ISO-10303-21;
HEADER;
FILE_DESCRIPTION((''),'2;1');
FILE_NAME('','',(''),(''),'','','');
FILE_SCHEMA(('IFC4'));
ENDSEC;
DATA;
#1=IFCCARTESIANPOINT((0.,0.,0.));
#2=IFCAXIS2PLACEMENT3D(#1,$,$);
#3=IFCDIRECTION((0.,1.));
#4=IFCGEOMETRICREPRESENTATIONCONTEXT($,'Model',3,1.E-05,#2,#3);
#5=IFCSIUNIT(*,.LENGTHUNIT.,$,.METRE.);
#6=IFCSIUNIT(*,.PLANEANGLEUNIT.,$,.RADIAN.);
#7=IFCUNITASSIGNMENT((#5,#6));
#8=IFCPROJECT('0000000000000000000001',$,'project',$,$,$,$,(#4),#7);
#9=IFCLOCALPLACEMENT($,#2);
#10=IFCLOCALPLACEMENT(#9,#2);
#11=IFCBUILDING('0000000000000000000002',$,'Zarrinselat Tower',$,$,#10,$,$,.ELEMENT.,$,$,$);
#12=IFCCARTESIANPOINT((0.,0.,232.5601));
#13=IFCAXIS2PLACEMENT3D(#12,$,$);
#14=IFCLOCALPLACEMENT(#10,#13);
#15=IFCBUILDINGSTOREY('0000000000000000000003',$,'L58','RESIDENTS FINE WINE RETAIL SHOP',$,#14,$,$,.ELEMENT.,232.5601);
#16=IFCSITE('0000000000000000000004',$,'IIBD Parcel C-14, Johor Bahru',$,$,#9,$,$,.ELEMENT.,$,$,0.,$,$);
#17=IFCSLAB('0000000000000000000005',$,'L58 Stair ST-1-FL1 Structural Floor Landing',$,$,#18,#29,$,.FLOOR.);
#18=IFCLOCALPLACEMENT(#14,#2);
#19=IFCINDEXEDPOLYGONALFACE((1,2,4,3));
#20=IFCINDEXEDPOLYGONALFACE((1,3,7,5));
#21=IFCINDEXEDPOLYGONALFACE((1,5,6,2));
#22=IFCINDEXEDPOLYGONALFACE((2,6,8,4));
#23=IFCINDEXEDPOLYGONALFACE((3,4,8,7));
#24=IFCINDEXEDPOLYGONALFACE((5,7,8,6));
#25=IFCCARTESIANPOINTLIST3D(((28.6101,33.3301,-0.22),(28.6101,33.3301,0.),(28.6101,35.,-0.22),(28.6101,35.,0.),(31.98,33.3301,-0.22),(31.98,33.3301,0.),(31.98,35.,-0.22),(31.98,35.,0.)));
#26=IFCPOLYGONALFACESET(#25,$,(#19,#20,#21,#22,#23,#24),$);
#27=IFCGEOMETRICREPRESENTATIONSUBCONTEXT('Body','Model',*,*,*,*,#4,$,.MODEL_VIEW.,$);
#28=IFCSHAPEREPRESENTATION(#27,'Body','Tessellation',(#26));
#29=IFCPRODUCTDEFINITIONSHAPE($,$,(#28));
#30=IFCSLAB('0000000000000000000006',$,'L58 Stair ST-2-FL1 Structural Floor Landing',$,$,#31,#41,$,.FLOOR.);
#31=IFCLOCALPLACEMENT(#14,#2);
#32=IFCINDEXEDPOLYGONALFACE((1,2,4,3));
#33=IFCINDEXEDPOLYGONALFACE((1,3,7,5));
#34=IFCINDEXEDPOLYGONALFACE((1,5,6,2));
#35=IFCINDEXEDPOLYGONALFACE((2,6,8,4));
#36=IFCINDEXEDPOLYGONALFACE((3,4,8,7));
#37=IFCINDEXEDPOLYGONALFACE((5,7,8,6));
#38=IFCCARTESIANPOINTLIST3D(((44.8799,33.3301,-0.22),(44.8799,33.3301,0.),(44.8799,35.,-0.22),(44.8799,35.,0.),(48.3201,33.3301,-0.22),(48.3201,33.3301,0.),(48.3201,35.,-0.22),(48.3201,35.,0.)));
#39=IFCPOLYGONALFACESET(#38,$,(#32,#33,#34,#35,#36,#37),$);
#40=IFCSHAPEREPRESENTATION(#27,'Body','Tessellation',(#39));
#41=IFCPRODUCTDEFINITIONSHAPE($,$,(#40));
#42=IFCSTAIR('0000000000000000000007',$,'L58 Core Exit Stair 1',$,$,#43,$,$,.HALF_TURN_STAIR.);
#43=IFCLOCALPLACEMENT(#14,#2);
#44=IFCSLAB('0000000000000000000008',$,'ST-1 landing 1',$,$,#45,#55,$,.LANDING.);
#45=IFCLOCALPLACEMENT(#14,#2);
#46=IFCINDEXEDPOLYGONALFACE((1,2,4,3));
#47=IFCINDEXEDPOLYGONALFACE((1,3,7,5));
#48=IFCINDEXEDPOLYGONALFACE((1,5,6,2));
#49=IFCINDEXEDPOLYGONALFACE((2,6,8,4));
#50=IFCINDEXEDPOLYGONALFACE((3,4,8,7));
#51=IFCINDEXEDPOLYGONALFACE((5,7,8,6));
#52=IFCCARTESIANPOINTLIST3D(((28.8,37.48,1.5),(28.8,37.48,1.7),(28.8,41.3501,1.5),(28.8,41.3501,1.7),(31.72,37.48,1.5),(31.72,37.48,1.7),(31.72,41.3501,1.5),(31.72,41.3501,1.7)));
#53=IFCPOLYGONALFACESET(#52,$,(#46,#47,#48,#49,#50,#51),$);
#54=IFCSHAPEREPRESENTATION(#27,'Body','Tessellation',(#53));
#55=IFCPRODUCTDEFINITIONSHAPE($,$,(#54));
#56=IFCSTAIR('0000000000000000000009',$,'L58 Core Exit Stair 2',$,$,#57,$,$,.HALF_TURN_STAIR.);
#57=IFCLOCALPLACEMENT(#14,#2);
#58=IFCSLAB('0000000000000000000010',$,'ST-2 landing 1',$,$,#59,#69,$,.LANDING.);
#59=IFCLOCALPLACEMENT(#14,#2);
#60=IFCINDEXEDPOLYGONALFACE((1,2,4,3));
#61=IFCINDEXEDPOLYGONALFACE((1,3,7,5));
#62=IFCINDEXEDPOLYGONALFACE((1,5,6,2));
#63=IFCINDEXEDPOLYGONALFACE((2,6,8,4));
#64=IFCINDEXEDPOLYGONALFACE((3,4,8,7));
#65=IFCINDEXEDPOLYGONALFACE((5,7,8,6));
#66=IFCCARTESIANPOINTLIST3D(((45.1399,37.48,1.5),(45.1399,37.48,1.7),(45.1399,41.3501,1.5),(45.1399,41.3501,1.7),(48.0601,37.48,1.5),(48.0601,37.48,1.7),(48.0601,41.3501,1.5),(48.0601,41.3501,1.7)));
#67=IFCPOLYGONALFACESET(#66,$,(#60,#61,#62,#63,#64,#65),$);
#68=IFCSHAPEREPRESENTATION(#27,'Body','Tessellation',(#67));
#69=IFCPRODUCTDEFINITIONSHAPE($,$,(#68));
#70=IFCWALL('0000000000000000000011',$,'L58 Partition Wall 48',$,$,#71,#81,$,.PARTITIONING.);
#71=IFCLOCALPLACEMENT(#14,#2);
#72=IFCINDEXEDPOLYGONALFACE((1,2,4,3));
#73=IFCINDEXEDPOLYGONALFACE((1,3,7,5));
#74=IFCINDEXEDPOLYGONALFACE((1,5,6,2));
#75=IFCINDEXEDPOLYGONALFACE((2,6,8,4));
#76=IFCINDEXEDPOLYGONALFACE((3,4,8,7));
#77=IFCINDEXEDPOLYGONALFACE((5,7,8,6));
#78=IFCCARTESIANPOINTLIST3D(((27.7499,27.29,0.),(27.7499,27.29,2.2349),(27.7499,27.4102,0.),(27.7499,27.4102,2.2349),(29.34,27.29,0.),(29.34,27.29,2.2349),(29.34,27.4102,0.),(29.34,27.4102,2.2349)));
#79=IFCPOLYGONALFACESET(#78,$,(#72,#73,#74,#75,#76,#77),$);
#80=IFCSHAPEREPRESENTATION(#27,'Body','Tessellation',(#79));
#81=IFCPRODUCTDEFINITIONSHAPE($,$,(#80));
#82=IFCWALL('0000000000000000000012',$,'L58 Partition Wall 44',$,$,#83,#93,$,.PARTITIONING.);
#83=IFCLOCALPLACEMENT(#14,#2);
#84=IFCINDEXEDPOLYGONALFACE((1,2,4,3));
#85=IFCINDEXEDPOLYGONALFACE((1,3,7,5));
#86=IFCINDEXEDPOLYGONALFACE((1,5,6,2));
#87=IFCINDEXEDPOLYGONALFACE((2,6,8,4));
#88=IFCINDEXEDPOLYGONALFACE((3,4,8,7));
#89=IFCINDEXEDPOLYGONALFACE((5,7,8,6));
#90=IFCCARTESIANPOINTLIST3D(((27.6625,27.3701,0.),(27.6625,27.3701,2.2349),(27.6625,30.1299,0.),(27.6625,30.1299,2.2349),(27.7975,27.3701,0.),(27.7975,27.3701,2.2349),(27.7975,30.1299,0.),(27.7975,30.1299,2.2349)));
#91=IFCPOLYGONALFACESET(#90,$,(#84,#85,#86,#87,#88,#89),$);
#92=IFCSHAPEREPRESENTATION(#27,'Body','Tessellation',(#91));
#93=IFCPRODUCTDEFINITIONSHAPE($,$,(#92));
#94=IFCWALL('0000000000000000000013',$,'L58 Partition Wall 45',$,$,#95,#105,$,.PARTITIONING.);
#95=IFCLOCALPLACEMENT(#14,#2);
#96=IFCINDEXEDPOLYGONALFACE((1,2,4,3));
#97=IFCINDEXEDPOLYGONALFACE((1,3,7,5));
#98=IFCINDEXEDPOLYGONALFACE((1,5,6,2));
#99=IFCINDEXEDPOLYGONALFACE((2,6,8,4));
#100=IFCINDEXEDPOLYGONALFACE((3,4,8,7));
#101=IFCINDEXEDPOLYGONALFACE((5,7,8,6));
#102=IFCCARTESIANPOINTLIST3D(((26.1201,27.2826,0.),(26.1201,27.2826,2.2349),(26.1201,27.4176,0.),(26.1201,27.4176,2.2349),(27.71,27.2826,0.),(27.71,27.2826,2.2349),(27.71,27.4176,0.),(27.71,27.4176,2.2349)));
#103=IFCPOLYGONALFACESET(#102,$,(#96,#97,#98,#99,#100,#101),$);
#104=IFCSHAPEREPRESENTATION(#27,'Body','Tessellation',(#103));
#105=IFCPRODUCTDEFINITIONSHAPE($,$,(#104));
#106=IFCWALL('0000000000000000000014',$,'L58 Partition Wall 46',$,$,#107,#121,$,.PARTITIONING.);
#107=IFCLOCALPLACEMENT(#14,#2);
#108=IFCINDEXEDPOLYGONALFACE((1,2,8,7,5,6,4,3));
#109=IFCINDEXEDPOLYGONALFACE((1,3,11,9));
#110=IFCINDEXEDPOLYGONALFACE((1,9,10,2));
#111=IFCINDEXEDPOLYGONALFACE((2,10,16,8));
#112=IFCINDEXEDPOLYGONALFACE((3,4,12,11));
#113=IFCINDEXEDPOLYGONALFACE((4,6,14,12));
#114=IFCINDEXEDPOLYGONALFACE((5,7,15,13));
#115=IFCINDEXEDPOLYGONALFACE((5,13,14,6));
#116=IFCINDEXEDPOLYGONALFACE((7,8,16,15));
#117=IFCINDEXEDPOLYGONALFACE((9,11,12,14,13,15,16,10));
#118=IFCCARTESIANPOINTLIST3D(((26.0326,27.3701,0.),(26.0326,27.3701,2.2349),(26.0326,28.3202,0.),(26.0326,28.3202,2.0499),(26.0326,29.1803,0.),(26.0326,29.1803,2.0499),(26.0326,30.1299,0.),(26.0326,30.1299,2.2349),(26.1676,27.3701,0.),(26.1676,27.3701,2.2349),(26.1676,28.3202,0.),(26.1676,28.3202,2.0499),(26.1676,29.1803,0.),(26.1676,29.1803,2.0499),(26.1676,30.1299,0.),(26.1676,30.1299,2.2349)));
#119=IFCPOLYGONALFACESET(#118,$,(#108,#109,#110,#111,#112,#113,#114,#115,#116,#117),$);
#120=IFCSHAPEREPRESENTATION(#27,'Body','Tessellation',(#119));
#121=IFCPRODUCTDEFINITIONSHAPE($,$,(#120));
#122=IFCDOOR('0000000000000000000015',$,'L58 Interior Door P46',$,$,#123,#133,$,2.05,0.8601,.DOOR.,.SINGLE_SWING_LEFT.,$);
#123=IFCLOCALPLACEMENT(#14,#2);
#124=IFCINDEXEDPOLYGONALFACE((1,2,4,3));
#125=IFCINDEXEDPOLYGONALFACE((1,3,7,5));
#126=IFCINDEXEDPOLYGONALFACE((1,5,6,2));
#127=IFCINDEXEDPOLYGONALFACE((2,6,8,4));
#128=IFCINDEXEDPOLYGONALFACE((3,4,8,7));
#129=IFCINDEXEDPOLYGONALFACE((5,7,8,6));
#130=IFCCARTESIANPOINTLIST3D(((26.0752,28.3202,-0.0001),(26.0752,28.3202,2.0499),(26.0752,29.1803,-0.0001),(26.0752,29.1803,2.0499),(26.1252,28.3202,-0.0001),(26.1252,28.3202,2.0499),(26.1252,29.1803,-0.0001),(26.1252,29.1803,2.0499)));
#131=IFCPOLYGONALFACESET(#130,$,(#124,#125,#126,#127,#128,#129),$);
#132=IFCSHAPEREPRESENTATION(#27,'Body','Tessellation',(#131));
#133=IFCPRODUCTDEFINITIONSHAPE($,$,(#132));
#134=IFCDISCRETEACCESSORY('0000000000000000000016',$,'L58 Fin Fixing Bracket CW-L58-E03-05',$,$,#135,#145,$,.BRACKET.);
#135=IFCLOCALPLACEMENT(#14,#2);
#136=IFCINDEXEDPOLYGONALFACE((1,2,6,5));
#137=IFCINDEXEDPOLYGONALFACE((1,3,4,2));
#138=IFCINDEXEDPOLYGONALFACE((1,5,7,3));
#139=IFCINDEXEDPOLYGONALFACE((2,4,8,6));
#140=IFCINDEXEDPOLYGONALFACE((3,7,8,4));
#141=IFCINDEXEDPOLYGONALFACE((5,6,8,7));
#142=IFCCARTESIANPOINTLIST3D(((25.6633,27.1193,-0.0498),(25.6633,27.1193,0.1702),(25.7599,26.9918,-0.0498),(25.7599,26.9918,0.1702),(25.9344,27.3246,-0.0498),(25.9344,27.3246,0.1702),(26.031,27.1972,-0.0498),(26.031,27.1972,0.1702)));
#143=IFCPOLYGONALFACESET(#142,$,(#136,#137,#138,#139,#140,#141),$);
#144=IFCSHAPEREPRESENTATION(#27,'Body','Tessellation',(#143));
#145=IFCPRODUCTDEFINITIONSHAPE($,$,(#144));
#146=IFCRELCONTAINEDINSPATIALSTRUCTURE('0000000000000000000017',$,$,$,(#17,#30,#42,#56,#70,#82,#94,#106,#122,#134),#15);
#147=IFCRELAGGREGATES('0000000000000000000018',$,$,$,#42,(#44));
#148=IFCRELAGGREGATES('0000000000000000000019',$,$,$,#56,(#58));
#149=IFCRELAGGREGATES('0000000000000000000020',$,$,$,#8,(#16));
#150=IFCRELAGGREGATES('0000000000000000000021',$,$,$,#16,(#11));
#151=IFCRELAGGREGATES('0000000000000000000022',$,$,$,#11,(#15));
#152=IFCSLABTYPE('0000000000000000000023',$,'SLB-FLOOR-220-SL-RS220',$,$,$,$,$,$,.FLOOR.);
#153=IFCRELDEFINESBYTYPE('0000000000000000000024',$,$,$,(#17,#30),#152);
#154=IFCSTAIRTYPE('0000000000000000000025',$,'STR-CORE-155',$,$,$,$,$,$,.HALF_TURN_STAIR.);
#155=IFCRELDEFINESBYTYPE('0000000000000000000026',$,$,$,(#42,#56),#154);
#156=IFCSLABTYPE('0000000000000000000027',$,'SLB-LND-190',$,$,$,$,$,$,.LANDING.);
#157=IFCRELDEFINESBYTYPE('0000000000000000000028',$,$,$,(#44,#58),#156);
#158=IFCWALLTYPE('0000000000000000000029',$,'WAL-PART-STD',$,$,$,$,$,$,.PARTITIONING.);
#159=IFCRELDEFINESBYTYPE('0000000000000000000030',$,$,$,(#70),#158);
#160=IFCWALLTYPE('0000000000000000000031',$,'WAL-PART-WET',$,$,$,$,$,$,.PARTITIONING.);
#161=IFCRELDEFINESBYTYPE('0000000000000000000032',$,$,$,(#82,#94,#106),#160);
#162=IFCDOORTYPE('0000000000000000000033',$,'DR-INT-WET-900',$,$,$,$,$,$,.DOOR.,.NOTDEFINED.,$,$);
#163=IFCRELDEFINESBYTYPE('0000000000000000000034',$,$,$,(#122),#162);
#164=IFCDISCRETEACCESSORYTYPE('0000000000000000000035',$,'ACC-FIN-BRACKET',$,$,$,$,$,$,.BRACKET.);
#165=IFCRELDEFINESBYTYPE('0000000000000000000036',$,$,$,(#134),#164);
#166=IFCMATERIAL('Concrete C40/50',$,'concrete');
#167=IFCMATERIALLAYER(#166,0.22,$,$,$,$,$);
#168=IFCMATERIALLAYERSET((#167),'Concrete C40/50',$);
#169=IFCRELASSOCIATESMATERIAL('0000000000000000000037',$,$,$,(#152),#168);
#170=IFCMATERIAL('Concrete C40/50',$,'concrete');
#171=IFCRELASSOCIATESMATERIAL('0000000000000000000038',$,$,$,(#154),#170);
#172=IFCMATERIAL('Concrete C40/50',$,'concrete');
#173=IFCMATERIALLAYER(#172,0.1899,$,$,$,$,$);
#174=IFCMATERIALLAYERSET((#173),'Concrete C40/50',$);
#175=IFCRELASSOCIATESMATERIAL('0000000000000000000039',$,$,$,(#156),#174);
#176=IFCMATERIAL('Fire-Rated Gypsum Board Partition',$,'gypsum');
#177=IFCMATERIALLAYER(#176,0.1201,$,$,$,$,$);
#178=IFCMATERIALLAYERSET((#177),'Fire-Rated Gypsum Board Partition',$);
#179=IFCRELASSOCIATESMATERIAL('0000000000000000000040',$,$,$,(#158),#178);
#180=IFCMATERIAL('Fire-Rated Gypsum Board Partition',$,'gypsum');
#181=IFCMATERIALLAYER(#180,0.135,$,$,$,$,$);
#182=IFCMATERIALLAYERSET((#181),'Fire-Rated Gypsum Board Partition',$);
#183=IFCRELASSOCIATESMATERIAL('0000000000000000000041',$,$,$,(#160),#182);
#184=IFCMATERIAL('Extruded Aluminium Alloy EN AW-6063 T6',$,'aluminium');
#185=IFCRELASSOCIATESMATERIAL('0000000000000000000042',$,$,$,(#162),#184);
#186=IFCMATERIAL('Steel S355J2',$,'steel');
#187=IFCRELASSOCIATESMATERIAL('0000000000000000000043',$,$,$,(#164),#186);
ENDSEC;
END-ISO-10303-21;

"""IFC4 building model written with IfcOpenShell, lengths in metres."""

from ifc_helpers import new_model, si_unit, direction, frame, frame_2d, origin, origin_2d, place, context, subcontext, project, spatial, polyline, rectangle, outline, extrude, material, layer, layer_set, type_object, element, fill, aggregate, save


model = new_model("IFC4")

# Units and contexts
model_context = context("Model", 3, precision=1e-05, world=origin(), true_north=direction((0.0, 1.0)))
body_context = subcontext(model_context, "Body", "Model", "MODEL_VIEW")
ifc_project = project(units=[si_unit("LENGTHUNIT", "METRE"), si_unit("PLANEANGLEUNIT", "RADIAN")], contexts=[model_context])

# Site, building, storey
site_placement = place(None, origin())
site = spatial("IfcSite", under=ifc_project, at=site_placement, Name="IIBD Parcel C-14, Johor Bahru", CompositionType="ELEMENT", RefElevation=0.0)
building_placement = place(site_placement, origin())
building = spatial("IfcBuilding", under=site, at=building_placement, Name="Zarrinselat Tower", CompositionType="ELEMENT")
storey_placement = place(building_placement, frame((0.0, 0.0, 232.5601)))
storey = spatial("IfcBuildingStorey", under=building, at=storey_placement, Name="L58", Description="RESIDENTS FINE WINE RETAIL SHOP", CompositionType="ELEMENT", Elevation=232.5601)

# Slabs
ifc_material_1 = material(Name="Concrete C40/50", Category="concrete")
ifc_layer_1 = layer(ifc_material_1, 0.22)
ifc_layer_set_1 = layer_set([ifc_layer_1], Name="Concrete C40/50")
slab_type_1 = type_object("IfcSlabType", Name="SLB-FLOOR-220-SL-RS220", PredefinedType="FLOOR", material=ifc_layer_set_1)
slab_1_placement = place(storey_placement, frame((0.0, 0.0, -0.22)))
element("IfcSlab", 1, at=slab_1_placement, inside=storey, type_object=slab_type_1, Name="L58 Stair ST-1-FL1 Structural Floor Landing", PredefinedType="FLOOR", context=body_context, shape_type="SweptSolid", body=[
    extrude(outline(polyline([(31.98, 33.3301), (31.98, 35.0), (28.6101, 35.0), (28.6101, 33.3301), (31.98, 33.3301)])), origin(), (0.0, 0.0, 1.0), 0.22),
])
slab_2_placement = place(storey_placement, frame((0.0, 0.0, -0.22)))
element("IfcSlab", 2, at=slab_2_placement, inside=storey, type_object=slab_type_1, Name="L58 Stair ST-2-FL1 Structural Floor Landing", PredefinedType="FLOOR", context=body_context, shape_type="SweptSolid", body=[
    extrude(outline(polyline([(48.3201, 33.3301), (48.3201, 35.0), (44.8799, 35.0), (44.8799, 33.3301), (48.3201, 33.3301)])), origin(), (0.0, 0.0, 1.0), 0.22),
])

# Stairs, slabs
ifc_material_2 = material(Name="Concrete C40/50", Category="concrete")
stair_type = type_object("IfcStairType", Name="STR-CORE-155", PredefinedType="HALF_TURN_STAIR", material=ifc_material_2)
stair_1_placement = place(storey_placement, origin())
stair_1 = element("IfcStair", 3, at=stair_1_placement, inside=storey, type_object=stair_type, Name="L58 Core Exit Stair 1", PredefinedType="HALF_TURN_STAIR")
ifc_material_3 = material(Name="Concrete C40/50", Category="concrete")
ifc_layer_2 = layer(ifc_material_3, 0.1899)
ifc_layer_set_2 = layer_set([ifc_layer_2], Name="Concrete C40/50")
slab_type_2 = type_object("IfcSlabType", Name="SLB-LND-190", PredefinedType="LANDING", material=ifc_layer_set_2)
slab_3_placement = place(storey_placement, frame((0.0, 0.0, 1.5)))
slab_3 = element("IfcSlab", 4, at=slab_3_placement, type_object=slab_type_2, Name="ST-1 landing 1", PredefinedType="LANDING", context=body_context, shape_type="SweptSolid", body=[
    extrude(outline(polyline([(31.72, 37.48), (31.72, 41.3501), (28.8, 41.3501), (28.8, 37.48), (31.72, 37.48)])), origin(), (0.0, 0.0, 1.0), 0.2),
])
aggregate(stair_1, [slab_3])
stair_2_placement = place(storey_placement, origin())
stair_2 = element("IfcStair", 5, at=stair_2_placement, inside=storey, type_object=stair_type, Name="L58 Core Exit Stair 2", PredefinedType="HALF_TURN_STAIR")
slab_4_placement = place(storey_placement, frame((0.0, 0.0, 1.5)))
slab_4 = element("IfcSlab", 6, at=slab_4_placement, type_object=slab_type_2, Name="ST-2 landing 1", PredefinedType="LANDING", context=body_context, shape_type="SweptSolid", body=[
    extrude(outline(polyline([(48.0601, 37.48), (48.0601, 41.3501), (45.1399, 41.3501), (45.1399, 37.48), (48.0601, 37.48)])), origin(), (0.0, 0.0, 1.0), 0.2),
])
aggregate(stair_2, [slab_4])

# Walls
ifc_material_4 = material(Name="Fire-Rated Gypsum Board Partition", Category="gypsum")
ifc_layer_3 = layer(ifc_material_4, 0.1201)
ifc_layer_set_3 = layer_set([ifc_layer_3], Name="Fire-Rated Gypsum Board Partition")
wall_type_1 = type_object("IfcWallType", Name="WAL-PART-STD", PredefinedType="PARTITIONING", material=ifc_layer_set_3)
wall_1_placement = place(storey_placement, frame((27.75, 27.3501, 0.0), z_axis=(0.0, 0.0, 1.0), x_axis=(1.0, 0.0, 0.0)))
element("IfcWall", 7, at=wall_1_placement, inside=storey, type_object=wall_type_1, Name="L58 Partition Wall 48", PredefinedType="PARTITIONING", context=body_context, shape_type="SweptSolid", body=[
    extrude(rectangle(XDim=1.5901, YDim=0.1201, at=frame_2d((0.7949, 0.0))), origin(), (0.0, 0.0, 1.0), 2.2349),
])
ifc_material_5 = material(Name="Fire-Rated Gypsum Board Partition", Category="gypsum")
ifc_layer_4 = layer(ifc_material_5, 0.135)
ifc_layer_set_4 = layer_set([ifc_layer_4], Name="Fire-Rated Gypsum Board Partition")
wall_type_2 = type_object("IfcWallType", Name="WAL-PART-WET", PredefinedType="PARTITIONING", material=ifc_layer_set_4)
wall_2_placement = place(storey_placement, frame((27.73, 27.3701, 0.0), z_axis=(0.0, 0.0, 1.0), x_axis=(0.0, 1.0, 0.0)))
element("IfcWall", 8, at=wall_2_placement, inside=storey, type_object=wall_type_2, Name="L58 Partition Wall 44", PredefinedType="PARTITIONING", context=body_context, shape_type="SweptSolid", body=[
    extrude(rectangle(XDim=2.7598, YDim=0.135, at=frame_2d((1.3799, 0.0))), origin(), (0.0, 0.0, 1.0), 2.2349),
])
wall_3_placement = place(storey_placement, frame((26.1201, 27.3501, 0.0), z_axis=(0.0, 0.0, 1.0), x_axis=(1.0, 0.0, 0.0)))
element("IfcWall", 9, at=wall_3_placement, inside=storey, type_object=wall_type_2, Name="L58 Partition Wall 45", PredefinedType="PARTITIONING", context=body_context, shape_type="SweptSolid", body=[
    extrude(rectangle(XDim=1.5898, YDim=0.135, at=frame_2d((0.7949, 0.0))), origin(), (0.0, 0.0, 1.0), 2.2349),
])

# Wall, opening, door
wall_4_placement = place(storey_placement, frame((26.1001, 27.3701, 0.0), z_axis=(0.0, 0.0, 1.0), x_axis=(0.0, 1.0, 0.0)))
wall_4 = element("IfcWall", 10, at=wall_4_placement, inside=storey, type_object=wall_type_2, Name="L58 Partition Wall 46", PredefinedType="PARTITIONING", context=body_context, shape_type="SweptSolid", body=[
    extrude(rectangle(XDim=2.7598, YDim=0.135, at=frame_2d((1.3799, 0.0))), origin(), (0.0, 0.0, 1.0), 2.2349),
])
opening_placement = place(wall_4_placement, frame((0.95, 0.0, 0.0)))
opening = element("IfcOpeningElement", 11, at=opening_placement, cuts=wall_4, PredefinedType="OPENING", context=body_context, shape_type="SweptSolid", body=[
    extrude(rectangle(XDim=0.8601, YDim=2.05, at=frame_2d((0.4302, 1.0249))), frame((0.0, 0.0774, 0.0), z_axis=(0.0, -1.0, 0.0), x_axis=(1.0, 0.0, 0.0)), (0.0, 0.0, 1.0), 0.155),
])
ifc_material_6 = material(Name="Extruded Aluminium Alloy EN AW-6063 T6", Category="aluminium")
door_type = type_object("IfcDoorType", Name="DR-INT-WET-900", OperationType="NOTDEFINED", PredefinedType="DOOR", material=ifc_material_6)
door_placement = place(opening_placement, origin())
door = element("IfcDoor", 12, at=door_placement, inside=storey, type_object=door_type, Name="L58 Interior Door P46", OperationType="SINGLE_SWING_LEFT", OverallHeight=2.05, OverallWidth=0.8601, PredefinedType="DOOR", context=body_context, shape_type="SweptSolid", body=[
    extrude(rectangle(XDim=0.8601, YDim=2.05, at=frame_2d((0.4302, 1.0249))), frame((0.0, 0.0249, 0.0), z_axis=(0.0, -1.0, 0.0), x_axis=(1.0, 0.0, 0.0)), (0.0, 0.0, 1.0), 0.05),
])
fill(opening, door)

# Discrete accessory
ifc_material_7 = material(Name="Steel S355J2", Category="steel")
discrete_accessory_type = type_object("IfcDiscreteAccessoryType", Name="ACC-FIN-BRACKET", PredefinedType="BRACKET", material=ifc_material_7)
discrete_accessory_placement = place(storey_placement, frame((25.8472, 27.1582, -0.0498), z_axis=(0.0, 0.0, 1.0), x_axis=(-0.797092, -0.603857, 0.0)))
element("IfcDiscreteAccessory", 13, at=discrete_accessory_placement, inside=storey, type_object=discrete_accessory_type, Name="L58 Fin Fixing Bracket CW-L58-E03-05", PredefinedType="BRACKET", context=body_context, shape_type="SweptSolid", body=[
    extrude(rectangle(XDim=0.3401, YDim=0.1599, at=origin_2d()), origin(), (0.0, 0.0, 1.0), 0.22),
])

save(model, "model.ifc")
